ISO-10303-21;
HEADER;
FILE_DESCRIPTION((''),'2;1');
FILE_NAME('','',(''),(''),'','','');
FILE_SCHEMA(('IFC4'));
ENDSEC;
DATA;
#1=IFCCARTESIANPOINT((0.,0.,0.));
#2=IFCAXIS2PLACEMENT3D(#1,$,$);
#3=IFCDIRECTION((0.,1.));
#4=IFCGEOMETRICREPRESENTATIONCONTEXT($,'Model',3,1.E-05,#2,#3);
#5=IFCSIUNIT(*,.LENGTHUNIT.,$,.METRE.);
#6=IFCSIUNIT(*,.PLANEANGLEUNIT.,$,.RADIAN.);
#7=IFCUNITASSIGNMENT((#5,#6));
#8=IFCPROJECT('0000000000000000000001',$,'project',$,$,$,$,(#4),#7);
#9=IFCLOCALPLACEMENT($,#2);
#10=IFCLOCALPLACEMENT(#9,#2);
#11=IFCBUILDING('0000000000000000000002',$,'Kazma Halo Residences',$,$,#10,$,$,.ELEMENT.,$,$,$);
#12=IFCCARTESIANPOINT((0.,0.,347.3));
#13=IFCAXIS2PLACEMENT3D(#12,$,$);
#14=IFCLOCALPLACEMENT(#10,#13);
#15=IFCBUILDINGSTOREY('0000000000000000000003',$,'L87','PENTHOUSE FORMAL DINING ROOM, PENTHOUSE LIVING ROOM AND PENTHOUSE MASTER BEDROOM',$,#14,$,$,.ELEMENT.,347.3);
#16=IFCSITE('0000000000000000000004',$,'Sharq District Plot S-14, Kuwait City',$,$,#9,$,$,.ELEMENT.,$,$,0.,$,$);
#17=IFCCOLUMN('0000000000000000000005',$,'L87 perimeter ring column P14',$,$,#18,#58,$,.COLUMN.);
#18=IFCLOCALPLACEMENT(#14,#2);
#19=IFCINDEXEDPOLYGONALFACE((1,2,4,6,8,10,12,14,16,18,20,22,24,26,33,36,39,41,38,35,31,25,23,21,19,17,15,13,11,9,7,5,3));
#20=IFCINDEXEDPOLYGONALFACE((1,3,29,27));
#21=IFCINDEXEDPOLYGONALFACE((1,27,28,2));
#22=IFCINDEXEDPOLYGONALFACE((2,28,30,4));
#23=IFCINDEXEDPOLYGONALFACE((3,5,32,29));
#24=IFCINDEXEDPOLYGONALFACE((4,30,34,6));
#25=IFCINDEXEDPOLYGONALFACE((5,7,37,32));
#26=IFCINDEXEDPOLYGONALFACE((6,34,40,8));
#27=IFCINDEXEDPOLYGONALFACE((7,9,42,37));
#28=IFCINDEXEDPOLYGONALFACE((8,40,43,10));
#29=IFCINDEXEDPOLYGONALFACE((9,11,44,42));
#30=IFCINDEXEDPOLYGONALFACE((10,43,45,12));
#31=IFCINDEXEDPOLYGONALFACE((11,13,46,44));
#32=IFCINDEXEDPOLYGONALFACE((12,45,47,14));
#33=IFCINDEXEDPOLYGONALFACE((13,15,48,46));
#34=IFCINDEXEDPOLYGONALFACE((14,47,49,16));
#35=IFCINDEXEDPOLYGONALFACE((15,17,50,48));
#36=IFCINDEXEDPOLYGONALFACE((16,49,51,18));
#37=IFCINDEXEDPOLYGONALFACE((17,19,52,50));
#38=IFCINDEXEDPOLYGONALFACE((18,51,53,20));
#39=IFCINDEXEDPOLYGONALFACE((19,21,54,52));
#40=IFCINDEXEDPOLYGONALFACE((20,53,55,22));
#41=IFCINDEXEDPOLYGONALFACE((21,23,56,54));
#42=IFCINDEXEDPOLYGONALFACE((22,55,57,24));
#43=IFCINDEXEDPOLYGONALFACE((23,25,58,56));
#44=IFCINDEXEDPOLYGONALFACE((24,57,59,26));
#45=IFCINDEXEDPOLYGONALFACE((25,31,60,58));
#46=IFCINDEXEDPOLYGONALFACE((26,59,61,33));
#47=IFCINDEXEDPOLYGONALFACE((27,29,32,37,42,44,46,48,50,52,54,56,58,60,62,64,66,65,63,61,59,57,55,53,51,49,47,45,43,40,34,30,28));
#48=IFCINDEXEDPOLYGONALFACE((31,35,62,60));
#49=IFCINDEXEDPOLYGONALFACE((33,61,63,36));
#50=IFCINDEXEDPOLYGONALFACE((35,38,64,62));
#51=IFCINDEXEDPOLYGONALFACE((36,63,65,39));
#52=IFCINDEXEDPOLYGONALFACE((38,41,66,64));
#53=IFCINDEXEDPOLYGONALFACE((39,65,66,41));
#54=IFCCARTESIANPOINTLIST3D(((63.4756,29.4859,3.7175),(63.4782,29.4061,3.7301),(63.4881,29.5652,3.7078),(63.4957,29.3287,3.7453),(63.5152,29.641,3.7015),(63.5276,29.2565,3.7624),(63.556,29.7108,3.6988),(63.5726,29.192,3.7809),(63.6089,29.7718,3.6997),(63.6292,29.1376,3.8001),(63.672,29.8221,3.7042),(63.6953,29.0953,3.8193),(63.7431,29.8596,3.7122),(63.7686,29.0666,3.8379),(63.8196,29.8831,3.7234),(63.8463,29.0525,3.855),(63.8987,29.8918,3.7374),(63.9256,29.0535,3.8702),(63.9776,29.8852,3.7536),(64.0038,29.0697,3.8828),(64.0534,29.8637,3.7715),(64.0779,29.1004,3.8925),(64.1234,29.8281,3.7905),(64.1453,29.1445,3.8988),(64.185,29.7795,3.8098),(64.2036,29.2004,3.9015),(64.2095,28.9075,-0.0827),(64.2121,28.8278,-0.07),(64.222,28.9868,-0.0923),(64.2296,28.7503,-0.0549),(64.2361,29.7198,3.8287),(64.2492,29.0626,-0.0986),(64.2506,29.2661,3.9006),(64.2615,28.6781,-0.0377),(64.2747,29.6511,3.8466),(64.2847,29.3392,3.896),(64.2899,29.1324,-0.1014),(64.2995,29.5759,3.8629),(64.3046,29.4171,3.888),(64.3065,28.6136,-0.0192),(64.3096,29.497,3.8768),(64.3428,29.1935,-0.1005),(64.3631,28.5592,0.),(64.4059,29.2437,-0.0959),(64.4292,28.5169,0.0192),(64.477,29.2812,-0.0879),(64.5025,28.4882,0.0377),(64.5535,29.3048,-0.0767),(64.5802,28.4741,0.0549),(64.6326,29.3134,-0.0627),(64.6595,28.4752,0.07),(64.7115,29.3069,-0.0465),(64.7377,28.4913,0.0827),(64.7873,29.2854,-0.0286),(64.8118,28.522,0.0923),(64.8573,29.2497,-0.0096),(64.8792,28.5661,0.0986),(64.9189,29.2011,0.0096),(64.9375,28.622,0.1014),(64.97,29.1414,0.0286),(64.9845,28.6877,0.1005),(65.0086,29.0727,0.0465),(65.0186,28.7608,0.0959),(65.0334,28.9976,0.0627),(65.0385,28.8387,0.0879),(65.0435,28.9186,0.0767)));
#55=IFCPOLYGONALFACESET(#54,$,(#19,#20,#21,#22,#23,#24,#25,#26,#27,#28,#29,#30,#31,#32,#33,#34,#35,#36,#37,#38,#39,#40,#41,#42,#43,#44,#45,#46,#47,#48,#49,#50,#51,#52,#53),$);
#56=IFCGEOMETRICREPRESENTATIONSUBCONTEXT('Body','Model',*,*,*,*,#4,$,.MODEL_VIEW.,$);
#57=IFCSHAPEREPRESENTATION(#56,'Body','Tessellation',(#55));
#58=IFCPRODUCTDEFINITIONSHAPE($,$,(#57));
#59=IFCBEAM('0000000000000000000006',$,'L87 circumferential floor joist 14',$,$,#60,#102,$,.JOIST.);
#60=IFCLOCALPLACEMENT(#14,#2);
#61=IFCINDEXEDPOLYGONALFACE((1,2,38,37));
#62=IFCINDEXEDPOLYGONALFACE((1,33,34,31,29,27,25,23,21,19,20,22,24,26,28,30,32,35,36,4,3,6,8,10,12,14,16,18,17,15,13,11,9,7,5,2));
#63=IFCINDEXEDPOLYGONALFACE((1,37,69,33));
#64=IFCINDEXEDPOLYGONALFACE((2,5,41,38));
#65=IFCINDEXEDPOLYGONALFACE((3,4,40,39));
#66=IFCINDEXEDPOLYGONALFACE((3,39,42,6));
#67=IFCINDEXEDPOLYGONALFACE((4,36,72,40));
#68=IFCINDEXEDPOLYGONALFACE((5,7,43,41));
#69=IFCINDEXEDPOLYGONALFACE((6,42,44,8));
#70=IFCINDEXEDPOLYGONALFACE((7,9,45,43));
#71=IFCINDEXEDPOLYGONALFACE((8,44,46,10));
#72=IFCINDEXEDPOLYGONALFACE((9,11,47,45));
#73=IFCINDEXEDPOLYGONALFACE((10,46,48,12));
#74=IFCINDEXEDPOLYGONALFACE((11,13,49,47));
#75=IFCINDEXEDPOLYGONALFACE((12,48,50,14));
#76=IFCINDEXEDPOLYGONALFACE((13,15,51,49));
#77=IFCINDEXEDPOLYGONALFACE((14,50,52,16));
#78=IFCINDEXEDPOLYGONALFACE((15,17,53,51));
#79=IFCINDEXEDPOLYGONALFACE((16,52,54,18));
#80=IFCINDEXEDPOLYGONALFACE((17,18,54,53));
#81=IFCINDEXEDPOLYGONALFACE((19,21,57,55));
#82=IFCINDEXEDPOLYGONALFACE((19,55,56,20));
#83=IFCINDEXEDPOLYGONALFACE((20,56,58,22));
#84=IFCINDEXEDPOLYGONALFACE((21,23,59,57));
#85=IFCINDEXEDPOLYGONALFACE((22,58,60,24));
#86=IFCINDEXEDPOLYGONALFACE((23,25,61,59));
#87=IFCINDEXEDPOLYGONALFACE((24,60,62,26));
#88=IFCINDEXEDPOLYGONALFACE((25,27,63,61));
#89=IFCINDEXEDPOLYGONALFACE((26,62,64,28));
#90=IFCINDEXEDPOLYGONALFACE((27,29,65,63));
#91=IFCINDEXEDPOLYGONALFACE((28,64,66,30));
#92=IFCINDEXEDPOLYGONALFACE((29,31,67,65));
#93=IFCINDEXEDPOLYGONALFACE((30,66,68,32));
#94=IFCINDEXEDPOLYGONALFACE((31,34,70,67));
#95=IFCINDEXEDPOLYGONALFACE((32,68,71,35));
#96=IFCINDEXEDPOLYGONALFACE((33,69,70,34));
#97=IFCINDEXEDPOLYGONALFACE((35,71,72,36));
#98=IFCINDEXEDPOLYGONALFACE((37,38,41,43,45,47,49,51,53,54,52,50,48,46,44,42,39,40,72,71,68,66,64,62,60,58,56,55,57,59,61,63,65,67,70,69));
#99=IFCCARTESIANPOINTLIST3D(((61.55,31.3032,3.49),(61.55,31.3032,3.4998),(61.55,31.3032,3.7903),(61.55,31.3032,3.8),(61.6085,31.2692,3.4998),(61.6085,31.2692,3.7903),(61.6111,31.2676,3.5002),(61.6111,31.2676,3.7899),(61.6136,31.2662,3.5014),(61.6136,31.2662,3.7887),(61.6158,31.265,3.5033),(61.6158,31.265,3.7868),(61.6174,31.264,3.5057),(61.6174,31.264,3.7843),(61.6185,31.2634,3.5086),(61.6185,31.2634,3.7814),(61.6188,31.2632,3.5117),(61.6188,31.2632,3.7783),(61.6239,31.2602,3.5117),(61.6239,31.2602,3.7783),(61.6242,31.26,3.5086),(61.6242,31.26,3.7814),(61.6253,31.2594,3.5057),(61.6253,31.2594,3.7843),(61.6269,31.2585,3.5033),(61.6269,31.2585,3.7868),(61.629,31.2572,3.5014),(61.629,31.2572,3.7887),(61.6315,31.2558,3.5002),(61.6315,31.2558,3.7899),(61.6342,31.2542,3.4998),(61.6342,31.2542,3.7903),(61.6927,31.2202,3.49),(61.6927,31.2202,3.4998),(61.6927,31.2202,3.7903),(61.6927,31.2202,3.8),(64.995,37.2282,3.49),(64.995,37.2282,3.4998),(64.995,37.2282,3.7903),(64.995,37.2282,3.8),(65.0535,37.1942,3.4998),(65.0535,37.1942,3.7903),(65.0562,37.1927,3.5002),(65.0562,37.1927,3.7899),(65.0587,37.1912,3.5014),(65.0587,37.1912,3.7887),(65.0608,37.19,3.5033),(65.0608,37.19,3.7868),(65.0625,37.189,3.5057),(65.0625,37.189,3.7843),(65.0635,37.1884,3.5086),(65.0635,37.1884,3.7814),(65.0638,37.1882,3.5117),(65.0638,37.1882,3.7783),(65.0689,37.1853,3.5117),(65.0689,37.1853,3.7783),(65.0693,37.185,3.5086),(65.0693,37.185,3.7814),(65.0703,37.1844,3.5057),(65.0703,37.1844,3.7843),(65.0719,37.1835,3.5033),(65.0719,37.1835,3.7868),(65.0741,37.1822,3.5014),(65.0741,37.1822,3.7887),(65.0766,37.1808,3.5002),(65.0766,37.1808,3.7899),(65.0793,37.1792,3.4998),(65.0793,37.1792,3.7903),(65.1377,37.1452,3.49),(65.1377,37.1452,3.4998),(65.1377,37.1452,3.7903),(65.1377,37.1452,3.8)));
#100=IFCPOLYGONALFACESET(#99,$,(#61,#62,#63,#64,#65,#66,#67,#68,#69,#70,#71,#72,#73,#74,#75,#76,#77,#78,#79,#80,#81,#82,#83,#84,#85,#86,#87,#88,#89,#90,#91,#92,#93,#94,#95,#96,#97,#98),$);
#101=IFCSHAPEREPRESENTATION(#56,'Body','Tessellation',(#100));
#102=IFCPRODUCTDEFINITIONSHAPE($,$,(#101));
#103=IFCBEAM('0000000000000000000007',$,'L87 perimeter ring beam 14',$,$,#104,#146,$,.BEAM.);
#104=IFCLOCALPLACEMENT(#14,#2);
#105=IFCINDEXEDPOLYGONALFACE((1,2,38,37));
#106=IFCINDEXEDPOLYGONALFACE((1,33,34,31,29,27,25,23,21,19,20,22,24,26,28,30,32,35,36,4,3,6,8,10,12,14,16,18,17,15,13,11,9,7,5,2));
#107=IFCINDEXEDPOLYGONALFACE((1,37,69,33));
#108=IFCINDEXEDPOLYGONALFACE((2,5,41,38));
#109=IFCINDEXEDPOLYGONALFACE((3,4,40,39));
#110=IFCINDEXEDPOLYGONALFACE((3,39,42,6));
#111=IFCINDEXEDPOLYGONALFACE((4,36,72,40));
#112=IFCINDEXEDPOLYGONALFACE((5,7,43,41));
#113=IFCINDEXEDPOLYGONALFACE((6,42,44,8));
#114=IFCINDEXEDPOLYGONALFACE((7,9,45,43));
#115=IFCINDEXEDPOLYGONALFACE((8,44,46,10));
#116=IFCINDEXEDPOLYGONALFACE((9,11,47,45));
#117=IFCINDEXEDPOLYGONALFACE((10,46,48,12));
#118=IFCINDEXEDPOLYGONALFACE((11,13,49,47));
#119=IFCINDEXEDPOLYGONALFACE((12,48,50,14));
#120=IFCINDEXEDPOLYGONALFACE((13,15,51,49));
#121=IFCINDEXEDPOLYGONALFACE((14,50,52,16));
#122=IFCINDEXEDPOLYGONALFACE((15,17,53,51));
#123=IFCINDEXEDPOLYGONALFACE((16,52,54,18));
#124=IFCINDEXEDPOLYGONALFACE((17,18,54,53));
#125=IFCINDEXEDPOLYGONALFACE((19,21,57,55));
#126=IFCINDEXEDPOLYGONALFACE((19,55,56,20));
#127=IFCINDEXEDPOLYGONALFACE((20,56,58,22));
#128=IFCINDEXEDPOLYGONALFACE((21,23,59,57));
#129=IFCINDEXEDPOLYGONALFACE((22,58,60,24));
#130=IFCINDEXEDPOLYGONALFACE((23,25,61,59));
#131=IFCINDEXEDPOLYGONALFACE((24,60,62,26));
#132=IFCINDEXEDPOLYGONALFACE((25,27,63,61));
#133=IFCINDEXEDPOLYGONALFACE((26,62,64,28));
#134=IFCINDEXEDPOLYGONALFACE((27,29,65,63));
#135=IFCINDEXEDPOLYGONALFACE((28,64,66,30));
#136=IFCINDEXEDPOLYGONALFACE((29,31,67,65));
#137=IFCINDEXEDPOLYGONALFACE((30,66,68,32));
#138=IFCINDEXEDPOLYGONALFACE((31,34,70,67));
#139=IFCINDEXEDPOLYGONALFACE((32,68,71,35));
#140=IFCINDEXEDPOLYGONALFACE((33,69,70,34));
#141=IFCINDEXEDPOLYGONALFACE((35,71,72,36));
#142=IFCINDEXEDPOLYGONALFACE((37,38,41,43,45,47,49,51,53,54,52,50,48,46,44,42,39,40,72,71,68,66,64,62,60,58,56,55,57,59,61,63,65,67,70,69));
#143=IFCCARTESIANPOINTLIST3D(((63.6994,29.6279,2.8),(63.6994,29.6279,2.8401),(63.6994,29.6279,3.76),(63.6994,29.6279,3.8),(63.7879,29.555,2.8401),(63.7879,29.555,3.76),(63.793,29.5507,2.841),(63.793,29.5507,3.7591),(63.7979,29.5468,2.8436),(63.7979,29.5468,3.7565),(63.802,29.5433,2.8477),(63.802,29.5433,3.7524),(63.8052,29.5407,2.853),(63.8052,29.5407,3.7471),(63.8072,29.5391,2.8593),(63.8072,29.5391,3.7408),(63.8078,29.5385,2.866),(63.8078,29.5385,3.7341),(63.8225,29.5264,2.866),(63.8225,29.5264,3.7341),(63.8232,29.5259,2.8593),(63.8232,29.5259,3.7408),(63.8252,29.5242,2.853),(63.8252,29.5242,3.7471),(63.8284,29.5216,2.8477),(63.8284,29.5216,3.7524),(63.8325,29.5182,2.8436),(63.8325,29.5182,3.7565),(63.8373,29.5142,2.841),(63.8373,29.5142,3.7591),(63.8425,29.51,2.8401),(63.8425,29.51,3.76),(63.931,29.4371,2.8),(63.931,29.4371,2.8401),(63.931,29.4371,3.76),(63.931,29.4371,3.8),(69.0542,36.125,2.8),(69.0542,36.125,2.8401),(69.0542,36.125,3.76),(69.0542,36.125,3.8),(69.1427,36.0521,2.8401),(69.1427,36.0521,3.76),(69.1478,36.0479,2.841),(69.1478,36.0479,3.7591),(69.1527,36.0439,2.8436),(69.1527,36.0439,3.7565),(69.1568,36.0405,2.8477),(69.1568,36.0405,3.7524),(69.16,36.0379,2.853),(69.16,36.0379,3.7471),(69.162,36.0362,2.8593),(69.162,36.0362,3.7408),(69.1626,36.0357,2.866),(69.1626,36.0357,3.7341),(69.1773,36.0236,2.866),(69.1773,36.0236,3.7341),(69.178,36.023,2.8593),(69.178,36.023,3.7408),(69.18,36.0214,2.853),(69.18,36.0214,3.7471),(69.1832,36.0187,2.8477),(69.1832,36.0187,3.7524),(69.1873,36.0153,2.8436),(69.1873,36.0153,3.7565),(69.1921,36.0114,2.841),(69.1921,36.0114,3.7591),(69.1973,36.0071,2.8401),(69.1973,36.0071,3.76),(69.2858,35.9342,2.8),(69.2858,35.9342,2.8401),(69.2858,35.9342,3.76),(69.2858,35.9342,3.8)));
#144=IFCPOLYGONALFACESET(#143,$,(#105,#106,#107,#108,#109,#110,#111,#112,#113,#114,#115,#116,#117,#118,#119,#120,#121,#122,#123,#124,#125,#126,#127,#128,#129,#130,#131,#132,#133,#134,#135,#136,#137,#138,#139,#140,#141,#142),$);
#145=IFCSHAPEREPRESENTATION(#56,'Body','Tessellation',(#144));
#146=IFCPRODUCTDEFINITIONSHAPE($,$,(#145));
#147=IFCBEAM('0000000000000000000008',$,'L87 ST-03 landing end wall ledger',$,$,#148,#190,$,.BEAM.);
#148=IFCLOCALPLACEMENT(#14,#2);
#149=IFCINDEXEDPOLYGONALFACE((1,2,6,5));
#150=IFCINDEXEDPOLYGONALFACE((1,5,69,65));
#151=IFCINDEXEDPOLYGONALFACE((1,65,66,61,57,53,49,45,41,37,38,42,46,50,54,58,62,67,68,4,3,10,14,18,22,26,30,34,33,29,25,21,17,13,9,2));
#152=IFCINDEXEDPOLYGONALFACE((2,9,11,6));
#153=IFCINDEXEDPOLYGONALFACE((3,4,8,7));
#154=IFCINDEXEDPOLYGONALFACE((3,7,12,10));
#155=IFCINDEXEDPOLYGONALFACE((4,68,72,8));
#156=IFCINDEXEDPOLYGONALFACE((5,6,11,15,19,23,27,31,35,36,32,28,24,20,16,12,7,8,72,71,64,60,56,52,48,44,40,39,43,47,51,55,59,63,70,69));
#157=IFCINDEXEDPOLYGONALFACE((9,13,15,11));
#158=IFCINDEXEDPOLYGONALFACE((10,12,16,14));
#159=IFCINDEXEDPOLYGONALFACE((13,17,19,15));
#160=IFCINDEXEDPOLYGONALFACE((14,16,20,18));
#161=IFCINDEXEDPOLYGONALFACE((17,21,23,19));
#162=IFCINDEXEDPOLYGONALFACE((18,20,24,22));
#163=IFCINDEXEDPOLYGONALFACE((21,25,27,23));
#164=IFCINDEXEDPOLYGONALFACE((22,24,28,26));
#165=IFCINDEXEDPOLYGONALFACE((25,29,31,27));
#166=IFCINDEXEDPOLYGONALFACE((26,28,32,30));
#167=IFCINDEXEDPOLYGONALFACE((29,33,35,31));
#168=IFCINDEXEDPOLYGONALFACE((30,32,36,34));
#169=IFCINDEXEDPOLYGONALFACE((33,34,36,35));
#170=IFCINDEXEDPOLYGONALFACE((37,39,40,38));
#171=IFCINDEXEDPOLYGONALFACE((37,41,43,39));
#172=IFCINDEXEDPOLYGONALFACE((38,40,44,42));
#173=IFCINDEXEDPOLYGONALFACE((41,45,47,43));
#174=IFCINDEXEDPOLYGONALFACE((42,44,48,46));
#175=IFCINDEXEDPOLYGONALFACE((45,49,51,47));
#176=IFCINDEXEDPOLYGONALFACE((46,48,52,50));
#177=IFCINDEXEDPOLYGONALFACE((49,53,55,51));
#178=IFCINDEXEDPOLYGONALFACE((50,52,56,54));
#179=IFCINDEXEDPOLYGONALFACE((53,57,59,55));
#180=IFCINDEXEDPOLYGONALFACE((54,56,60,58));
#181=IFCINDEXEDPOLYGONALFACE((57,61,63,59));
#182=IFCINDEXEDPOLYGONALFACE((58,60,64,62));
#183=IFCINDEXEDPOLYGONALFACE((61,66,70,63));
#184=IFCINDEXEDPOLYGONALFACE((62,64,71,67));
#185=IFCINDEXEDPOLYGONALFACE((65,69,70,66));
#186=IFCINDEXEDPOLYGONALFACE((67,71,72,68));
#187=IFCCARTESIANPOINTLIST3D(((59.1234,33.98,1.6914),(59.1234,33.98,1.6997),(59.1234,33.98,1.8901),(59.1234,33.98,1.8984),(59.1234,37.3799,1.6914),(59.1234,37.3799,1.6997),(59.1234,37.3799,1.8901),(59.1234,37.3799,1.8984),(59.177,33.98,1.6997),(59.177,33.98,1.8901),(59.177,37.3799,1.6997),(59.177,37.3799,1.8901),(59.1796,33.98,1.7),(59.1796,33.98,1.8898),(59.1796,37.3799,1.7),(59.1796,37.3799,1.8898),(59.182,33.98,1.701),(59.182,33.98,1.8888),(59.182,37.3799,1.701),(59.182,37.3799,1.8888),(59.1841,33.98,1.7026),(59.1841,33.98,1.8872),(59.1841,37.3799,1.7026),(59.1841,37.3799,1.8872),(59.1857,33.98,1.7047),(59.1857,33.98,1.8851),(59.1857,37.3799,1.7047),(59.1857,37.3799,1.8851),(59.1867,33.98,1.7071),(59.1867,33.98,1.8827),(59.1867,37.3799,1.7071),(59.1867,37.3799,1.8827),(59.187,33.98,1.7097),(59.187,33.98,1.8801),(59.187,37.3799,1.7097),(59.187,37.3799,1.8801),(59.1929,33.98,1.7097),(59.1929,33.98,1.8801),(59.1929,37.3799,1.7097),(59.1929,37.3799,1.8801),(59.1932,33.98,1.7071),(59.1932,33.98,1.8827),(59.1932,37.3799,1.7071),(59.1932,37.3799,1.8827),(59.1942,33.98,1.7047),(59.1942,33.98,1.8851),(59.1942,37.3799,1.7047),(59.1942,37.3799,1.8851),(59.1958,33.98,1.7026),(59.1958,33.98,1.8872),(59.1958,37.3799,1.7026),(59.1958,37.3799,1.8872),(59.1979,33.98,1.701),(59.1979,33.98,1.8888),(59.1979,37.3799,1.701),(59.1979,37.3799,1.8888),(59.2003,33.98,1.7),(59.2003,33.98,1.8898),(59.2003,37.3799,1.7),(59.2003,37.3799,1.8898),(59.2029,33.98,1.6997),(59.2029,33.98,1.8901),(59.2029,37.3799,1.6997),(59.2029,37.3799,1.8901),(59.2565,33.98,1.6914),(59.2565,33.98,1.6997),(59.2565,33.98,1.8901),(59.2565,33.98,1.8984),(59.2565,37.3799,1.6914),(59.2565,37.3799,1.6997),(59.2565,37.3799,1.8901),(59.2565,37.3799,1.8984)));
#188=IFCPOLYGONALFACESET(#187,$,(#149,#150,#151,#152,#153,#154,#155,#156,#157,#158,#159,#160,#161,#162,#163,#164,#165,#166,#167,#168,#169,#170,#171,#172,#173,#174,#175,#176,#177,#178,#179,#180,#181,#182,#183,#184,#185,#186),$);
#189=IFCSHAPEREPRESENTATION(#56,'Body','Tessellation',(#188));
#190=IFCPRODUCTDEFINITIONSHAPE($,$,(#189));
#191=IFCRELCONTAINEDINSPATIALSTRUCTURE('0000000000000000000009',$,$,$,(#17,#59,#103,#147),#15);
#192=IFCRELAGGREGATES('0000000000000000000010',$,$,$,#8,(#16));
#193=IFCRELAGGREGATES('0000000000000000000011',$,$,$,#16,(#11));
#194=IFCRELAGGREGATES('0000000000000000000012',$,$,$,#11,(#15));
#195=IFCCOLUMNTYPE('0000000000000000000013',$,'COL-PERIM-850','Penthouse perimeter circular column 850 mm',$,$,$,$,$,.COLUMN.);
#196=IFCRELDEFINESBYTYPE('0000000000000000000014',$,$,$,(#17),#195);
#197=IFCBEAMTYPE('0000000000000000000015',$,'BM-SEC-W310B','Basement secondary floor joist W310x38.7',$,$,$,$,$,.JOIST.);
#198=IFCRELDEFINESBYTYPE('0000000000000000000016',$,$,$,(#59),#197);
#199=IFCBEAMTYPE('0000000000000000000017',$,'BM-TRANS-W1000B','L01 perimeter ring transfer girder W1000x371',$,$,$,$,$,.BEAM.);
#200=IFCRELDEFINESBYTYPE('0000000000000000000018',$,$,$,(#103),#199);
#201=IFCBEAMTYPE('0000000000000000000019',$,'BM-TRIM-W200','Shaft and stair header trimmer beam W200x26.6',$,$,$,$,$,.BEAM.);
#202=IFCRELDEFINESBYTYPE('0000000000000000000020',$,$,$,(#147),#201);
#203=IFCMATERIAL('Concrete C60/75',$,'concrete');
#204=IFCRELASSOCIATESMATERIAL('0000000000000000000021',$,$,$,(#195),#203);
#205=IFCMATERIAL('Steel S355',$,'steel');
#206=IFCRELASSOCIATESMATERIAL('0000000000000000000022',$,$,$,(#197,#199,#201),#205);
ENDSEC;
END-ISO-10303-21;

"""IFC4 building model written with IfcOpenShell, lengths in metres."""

from ifc_helpers import new_model, si_unit, direction, frame, origin, origin_2d, place, context, subcontext, project, spatial, circle, i_section, extrude, material, material_profile, profile_set, type_object, element, save


model = new_model("IFC4")

# Units and contexts
model_context = context("Model", 3, precision=1e-05, world=origin(), true_north=direction((0.0, 1.0)))
body_context = subcontext(model_context, "Body", "Model", "MODEL_VIEW")
ifc_project = project(units=[si_unit("LENGTHUNIT", "METRE"), si_unit("PLANEANGLEUNIT", "RADIAN")], contexts=[model_context])

# Site, building, storey
site_placement = place(None, origin())
site = spatial("IfcSite", under=ifc_project, at=site_placement, Name="Sharq District Plot S-14, Kuwait City", CompositionType="ELEMENT", RefElevation=0.0)
building_placement = place(site_placement, origin())
building = spatial("IfcBuilding", under=site, at=building_placement, Name="Kazma Halo Residences", CompositionType="ELEMENT")
storey_placement = place(building_placement, frame((0.0, 0.0, 347.3)))
storey = spatial("IfcBuildingStorey", under=building, at=storey_placement, Name="L87", Description="PENTHOUSE FORMAL DINING ROOM, PENTHOUSE LIVING ROOM AND PENTHOUSE MASTER BEDROOM", CompositionType="ELEMENT", Elevation=347.3)

# Column
ifc_material_1 = material(Name="Concrete C60/75", Category="concrete")
ifc_material_profile_1 = material_profile(ifc_material_1, circle(Radius=0.425, at=origin_2d()), Name="CIRC850")
ifc_profile_set_1 = profile_set([ifc_material_profile_1], Name="Concrete C60/75")
column_type = type_object("IfcColumnType", Name="COL-PERIM-850", Description="Penthouse perimeter circular column 850 mm", PredefinedType="COLUMN", material=ifc_profile_set_1)
column_placement = place(storey_placement, frame((64.6262, 28.8931, 0.0), z_axis=(-0.187539, 0.147798, 0.971074), x_axis=(-0.618975, -0.785411, 0.0)))
element("IfcColumn", 1, at=column_placement, inside=storey, type_object=column_type, Name="L87 perimeter ring column P14", PredefinedType="COLUMN", context=body_context, shape_type="SweptSolid", body=[
    extrude(circle(Radius=0.425, at=origin_2d()), origin(), (0.0, 0.0, 1.0), 3.9133),
])

# Beams
ifc_material_2 = material(Name="Steel S355", Category="steel")
ifc_material_profile_2 = material_profile(ifc_material_2, i_section(OverallWidth=0.165, OverallDepth=0.3101, WebThickness=0.0059, FlangeThickness=0.0098, FilletRadius=0.012, at=origin_2d()), Name="W310x38.7")
ifc_profile_set_2 = profile_set([ifc_material_profile_2], Name="Steel S355")
beam_type_1 = type_object("IfcBeamType", Name="BM-SEC-W310B", Description="Basement secondary floor joist W310x38.7", PredefinedType="JOIST", material=ifc_profile_set_2)
beam_1_placement = place(storey_placement, frame((61.6213, 31.2617, 3.645), z_axis=(0.50265, 0.86449, 0.0), x_axis=(-0.86449, 0.50265, 0.0)))
element("IfcBeam", 2, at=beam_1_placement, inside=storey, type_object=beam_type_1, Name="L87 circumferential floor joist 14", PredefinedType="JOIST", context=body_context, shape_type="SweptSolid", body=[
    extrude(i_section(OverallWidth=0.165, OverallDepth=0.3101, WebThickness=0.0059, FlangeThickness=0.0098, FilletRadius=0.012, at=origin_2d()), origin(), (0.0, 0.0, 1.0), 6.8538),
])
ifc_material_profile_3 = material_profile(ifc_material_2, i_section(OverallWidth=0.3, OverallDepth=1.0, WebThickness=0.019, FlangeThickness=0.04, FilletRadius=0.0259, at=origin_2d()), Name="W1000x371")
ifc_profile_set_3 = profile_set([ifc_material_profile_3], Name="Steel S355")
beam_type_2 = type_object("IfcBeamType", Name="BM-TRANS-W1000B", Description="L01 perimeter ring transfer girder W1000x371", PredefinedType="BEAM", material=ifc_profile_set_3)
beam_2_placement = place(storey_placement, frame((63.8152, 29.5325, 3.3), z_axis=(0.636005, 0.771685, 0.0), x_axis=(-0.771685, 0.636005, 0.0)))
element("IfcBeam", 3, at=beam_2_placement, inside=storey, type_object=beam_type_2, Name="L87 perimeter ring beam 14", PredefinedType="BEAM", context=body_context, shape_type="SweptSolid", body=[
    extrude(i_section(OverallWidth=0.3, OverallDepth=1.0, WebThickness=0.019, FlangeThickness=0.04, FilletRadius=0.0259, at=origin_2d()), origin(), (0.0, 0.0, 1.0), 8.4194),
])
ifc_material_profile_4 = material_profile(ifc_material_2, i_section(OverallWidth=0.1331, OverallDepth=0.207, WebThickness=0.0059, FlangeThickness=0.0083, FilletRadius=0.01, at=origin_2d()), Name="W200x26.6")
ifc_profile_set_4 = profile_set([ifc_material_profile_4], Name="Steel S355")
beam_type_3 = type_object("IfcBeamType", Name="BM-TRIM-W200", Description="Shaft and stair header trimmer beam W200x26.6", PredefinedType="BEAM", material=ifc_profile_set_4)
beam_3_placement = place(storey_placement, frame((59.1899, 33.98, 1.7949), z_axis=(0.0, 1.0, 0.0), x_axis=(-1.0, 0.0, 0.0)))
element("IfcBeam", 4, at=beam_3_placement, inside=storey, type_object=beam_type_3, Name="L87 ST-03 landing end wall ledger", PredefinedType="BEAM", context=body_context, shape_type="SweptSolid", body=[
    extrude(i_section(OverallWidth=0.1331, OverallDepth=0.207, WebThickness=0.0059, FlangeThickness=0.0083, FilletRadius=0.01, at=origin_2d()), origin(), (0.0, 0.0, 1.0), 3.3999),
])

save(model, "model.ifc")
